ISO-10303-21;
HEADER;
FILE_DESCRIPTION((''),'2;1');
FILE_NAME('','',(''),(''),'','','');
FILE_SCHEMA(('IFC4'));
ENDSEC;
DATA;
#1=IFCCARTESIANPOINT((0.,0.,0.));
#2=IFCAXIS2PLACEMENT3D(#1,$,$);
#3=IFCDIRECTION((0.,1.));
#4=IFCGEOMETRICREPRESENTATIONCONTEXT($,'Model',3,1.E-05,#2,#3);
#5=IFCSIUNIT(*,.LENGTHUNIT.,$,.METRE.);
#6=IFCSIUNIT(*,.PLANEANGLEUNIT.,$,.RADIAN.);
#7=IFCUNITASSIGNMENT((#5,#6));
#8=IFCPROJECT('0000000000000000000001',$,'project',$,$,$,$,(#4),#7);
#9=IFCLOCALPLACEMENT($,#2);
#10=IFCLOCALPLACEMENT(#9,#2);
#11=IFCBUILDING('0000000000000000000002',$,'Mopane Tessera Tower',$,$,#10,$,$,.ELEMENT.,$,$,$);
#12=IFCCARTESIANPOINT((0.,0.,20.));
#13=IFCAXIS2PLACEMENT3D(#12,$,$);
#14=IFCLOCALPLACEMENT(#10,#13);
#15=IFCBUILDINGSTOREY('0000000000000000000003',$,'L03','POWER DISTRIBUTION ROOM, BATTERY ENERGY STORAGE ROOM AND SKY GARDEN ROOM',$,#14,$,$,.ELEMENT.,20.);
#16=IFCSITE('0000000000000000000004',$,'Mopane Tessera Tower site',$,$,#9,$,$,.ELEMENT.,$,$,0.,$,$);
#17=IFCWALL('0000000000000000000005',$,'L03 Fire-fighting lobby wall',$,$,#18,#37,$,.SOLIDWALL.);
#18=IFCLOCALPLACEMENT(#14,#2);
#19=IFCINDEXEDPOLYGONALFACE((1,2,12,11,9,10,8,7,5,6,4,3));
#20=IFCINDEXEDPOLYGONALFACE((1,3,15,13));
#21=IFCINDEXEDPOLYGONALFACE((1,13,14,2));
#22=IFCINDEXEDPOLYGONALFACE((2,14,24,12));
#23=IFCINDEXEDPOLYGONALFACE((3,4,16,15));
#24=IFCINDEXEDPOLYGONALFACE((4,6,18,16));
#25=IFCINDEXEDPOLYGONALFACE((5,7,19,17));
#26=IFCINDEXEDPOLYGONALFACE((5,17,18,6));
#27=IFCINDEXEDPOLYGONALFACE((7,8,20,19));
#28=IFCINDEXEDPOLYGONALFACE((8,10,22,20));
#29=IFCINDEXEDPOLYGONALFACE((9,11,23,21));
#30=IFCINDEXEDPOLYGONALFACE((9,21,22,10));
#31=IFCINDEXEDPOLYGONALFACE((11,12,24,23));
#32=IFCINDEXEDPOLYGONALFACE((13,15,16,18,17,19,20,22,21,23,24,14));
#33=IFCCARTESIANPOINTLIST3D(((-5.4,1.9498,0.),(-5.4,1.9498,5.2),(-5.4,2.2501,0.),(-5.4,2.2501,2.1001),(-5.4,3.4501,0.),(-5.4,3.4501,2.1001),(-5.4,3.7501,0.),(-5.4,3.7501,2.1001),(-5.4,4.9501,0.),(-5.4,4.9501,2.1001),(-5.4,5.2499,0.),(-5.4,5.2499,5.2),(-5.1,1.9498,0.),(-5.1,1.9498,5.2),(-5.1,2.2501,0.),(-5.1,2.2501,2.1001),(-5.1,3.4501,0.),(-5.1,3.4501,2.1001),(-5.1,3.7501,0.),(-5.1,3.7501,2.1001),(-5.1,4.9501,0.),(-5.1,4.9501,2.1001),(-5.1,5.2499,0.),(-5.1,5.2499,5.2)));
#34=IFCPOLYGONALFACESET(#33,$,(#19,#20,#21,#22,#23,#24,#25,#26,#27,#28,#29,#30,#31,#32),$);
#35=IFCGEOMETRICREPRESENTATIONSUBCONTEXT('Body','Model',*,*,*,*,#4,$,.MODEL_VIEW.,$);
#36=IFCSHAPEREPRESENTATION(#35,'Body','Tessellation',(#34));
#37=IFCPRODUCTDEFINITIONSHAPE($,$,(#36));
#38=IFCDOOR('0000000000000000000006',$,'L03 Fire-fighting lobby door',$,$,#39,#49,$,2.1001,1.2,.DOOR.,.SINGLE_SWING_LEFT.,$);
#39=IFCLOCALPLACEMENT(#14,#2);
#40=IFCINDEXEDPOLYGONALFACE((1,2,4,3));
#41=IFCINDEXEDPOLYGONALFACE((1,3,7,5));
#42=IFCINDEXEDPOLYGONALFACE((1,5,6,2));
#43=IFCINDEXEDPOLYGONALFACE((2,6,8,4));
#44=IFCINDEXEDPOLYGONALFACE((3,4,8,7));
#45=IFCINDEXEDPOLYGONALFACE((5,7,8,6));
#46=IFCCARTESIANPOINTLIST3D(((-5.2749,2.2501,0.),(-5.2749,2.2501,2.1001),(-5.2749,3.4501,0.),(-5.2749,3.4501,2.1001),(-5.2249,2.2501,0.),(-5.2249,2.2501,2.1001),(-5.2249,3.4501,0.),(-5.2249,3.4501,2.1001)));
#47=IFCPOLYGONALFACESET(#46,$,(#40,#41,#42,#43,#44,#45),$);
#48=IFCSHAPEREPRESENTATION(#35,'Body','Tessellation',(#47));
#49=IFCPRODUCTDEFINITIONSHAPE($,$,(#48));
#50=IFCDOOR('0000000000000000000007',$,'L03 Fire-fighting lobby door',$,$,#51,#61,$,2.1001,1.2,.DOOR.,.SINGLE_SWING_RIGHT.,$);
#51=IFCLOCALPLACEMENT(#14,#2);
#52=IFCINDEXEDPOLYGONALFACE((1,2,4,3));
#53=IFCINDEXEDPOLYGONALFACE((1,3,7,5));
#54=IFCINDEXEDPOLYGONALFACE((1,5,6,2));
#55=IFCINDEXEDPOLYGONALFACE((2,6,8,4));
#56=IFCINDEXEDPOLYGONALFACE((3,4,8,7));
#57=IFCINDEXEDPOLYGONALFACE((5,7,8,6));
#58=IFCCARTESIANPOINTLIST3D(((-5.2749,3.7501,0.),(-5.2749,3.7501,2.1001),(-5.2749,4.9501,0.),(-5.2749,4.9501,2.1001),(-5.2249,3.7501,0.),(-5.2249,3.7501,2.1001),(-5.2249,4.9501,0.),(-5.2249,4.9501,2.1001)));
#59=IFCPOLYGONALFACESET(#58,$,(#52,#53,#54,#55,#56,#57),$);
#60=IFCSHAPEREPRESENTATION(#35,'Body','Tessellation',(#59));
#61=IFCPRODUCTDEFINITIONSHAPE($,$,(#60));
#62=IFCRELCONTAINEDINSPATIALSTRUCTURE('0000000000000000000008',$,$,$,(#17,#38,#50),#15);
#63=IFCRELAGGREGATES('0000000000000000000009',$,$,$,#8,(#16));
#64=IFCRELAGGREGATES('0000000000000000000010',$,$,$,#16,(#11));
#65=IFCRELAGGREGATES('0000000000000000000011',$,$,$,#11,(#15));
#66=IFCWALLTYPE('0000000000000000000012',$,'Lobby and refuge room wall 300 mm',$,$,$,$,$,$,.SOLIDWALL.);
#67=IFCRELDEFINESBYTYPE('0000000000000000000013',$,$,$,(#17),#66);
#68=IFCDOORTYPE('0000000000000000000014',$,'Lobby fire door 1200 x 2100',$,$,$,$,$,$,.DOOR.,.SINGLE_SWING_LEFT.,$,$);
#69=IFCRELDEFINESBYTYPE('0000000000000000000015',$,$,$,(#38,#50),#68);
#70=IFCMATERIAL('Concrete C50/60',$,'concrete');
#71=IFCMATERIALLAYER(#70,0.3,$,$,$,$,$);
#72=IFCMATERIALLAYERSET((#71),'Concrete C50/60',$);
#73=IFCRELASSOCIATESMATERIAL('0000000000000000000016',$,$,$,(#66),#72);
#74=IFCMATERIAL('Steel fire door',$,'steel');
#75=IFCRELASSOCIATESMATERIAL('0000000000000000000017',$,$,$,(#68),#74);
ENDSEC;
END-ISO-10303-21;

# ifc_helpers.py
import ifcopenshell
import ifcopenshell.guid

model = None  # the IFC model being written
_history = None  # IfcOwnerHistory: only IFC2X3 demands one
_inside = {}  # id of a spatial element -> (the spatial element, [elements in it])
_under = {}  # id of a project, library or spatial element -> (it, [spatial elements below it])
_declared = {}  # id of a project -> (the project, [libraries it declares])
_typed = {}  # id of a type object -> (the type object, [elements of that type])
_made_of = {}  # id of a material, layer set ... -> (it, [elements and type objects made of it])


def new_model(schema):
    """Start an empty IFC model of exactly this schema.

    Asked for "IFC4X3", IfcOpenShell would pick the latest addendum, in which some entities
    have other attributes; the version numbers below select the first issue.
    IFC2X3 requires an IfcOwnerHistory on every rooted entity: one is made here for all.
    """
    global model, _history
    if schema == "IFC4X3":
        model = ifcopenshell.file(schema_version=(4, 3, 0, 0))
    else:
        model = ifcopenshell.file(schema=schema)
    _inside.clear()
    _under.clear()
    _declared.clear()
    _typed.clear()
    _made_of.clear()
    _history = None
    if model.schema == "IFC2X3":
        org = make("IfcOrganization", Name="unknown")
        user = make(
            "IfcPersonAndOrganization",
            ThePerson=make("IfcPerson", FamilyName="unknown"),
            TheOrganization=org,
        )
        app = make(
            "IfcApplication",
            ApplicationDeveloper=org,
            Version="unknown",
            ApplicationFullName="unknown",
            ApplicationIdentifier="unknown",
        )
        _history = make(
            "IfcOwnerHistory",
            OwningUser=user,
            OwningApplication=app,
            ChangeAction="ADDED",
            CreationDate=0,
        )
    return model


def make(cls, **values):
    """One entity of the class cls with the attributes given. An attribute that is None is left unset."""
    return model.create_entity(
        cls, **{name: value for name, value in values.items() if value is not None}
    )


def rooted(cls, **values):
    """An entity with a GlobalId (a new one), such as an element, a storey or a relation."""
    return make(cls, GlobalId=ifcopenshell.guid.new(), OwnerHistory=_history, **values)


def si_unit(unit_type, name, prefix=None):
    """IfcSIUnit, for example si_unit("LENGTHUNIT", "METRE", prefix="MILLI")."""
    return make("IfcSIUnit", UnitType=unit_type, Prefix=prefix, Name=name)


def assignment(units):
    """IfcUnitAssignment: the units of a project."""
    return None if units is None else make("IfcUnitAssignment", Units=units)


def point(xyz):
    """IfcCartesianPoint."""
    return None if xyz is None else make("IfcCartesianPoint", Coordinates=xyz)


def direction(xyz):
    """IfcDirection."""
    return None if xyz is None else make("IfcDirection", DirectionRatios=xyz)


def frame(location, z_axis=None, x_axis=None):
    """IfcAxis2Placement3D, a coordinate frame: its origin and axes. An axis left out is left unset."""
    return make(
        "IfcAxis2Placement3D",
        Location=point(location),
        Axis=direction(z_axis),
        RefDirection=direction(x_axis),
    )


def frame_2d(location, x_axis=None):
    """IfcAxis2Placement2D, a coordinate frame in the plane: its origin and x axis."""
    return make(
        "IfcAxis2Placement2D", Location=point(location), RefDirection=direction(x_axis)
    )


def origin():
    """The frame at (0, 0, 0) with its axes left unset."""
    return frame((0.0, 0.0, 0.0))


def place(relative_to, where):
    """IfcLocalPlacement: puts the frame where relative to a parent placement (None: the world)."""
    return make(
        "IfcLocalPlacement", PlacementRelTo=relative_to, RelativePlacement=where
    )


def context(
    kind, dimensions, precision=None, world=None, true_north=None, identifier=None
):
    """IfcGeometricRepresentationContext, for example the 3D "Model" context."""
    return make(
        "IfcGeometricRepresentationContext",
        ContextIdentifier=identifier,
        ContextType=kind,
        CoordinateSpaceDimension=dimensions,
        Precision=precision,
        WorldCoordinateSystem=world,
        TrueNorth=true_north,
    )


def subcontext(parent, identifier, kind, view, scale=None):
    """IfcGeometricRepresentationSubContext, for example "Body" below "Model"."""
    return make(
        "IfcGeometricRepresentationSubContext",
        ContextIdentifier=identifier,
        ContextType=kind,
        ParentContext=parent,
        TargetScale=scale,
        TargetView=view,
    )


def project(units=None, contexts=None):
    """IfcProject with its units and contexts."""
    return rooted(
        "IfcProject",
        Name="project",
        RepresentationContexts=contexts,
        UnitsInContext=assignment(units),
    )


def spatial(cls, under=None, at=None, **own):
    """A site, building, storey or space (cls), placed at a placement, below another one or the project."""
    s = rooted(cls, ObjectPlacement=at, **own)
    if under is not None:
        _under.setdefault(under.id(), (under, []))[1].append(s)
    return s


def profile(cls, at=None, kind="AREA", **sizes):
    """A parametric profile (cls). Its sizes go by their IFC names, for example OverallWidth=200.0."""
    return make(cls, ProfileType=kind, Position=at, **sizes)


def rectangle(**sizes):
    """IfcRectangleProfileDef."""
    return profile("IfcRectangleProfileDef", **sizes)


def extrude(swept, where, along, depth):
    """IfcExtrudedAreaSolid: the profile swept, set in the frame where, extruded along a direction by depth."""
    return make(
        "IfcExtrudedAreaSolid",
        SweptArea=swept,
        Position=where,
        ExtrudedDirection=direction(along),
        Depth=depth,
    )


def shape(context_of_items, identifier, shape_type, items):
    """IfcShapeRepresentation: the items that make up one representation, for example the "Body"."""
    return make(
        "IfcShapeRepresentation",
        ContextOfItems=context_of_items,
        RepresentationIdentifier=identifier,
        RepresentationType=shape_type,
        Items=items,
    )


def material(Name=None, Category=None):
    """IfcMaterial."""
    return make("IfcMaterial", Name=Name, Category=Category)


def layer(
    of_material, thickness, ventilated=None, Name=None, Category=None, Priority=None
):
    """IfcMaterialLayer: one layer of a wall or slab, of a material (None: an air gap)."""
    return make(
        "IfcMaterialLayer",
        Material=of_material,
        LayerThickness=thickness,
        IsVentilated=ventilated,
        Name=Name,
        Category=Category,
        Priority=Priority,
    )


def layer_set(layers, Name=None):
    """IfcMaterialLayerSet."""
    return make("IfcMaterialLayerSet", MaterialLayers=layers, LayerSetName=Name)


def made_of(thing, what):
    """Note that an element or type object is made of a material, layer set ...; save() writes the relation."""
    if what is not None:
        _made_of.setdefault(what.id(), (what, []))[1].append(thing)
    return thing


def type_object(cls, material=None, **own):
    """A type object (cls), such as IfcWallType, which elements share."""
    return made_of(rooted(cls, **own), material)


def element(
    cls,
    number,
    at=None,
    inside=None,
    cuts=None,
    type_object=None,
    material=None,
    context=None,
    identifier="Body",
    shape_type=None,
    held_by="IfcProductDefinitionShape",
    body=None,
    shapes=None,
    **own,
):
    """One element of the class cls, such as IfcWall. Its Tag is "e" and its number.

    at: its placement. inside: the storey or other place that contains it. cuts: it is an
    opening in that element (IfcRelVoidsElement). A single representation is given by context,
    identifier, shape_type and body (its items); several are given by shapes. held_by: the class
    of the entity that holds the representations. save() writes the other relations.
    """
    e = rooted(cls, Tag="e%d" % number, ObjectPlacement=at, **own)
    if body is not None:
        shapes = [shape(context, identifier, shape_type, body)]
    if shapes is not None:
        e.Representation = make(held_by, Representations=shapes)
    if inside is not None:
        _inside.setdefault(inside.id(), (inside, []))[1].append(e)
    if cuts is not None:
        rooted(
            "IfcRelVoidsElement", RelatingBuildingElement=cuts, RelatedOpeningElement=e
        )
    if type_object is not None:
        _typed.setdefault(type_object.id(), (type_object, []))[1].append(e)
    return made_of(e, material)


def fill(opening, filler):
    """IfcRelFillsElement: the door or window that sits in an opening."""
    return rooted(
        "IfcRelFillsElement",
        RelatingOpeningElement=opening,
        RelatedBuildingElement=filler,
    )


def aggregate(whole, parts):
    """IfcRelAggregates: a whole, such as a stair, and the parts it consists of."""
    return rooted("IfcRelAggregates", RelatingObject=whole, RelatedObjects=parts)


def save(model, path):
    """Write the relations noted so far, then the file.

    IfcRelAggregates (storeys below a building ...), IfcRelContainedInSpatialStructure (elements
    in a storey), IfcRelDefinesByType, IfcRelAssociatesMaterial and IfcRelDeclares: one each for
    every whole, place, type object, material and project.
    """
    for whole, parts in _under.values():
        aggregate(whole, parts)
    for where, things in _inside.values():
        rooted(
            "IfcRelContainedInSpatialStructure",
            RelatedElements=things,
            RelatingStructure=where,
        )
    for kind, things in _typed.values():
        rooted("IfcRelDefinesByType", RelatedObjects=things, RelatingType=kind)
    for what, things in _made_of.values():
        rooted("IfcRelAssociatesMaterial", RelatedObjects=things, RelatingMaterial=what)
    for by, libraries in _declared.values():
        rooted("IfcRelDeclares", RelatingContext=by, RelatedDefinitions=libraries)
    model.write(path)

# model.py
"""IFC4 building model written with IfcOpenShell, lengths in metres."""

from ifc_helpers import new_model, si_unit, direction, frame, frame_2d, origin, place, context, subcontext, project, spatial, rectangle, extrude, material, layer, layer_set, type_object, element, fill, save


model = new_model("IFC4")

# Units and contexts
model_context = context("Model", 3, precision=1e-05, world=origin(), true_north=direction((0.0, 1.0)))
body_context = subcontext(model_context, "Body", "Model", "MODEL_VIEW")
ifc_project = project(units=[si_unit("LENGTHUNIT", "METRE"), si_unit("PLANEANGLEUNIT", "RADIAN")], contexts=[model_context])

# Site, building, storey
site_placement = place(None, origin())
site = spatial("IfcSite", under=ifc_project, at=site_placement, Name="Mopane Tessera Tower site", CompositionType="ELEMENT", RefElevation=0.0)
building_placement = place(site_placement, origin())
building = spatial("IfcBuilding", under=site, at=building_placement, Name="Mopane Tessera Tower", CompositionType="ELEMENT")
storey_placement = place(building_placement, frame((0.0, 0.0, 20.0)))
storey = spatial("IfcBuildingStorey", under=building, at=storey_placement, Name="L03", Description="POWER DISTRIBUTION ROOM, BATTERY ENERGY STORAGE ROOM AND SKY GARDEN ROOM", CompositionType="ELEMENT", Elevation=20.0)

# Wall, openings, doors
ifc_material_1 = material(Name="Concrete C50/60", Category="concrete")
ifc_layer_1 = layer(ifc_material_1, 0.3)
ifc_layer_set_1 = layer_set([ifc_layer_1], Name="Concrete C50/60")
wall_type_1 = type_object("IfcWallType", Name="Lobby and refuge room wall 300 mm", PredefinedType="SOLIDWALL", material=ifc_layer_set_1)
wall_1_placement = place(storey_placement, frame((-5.25, 1.95, 0.0), z_axis=(0.0, 0.0, 1.0), x_axis=(0.0, 1.0, 0.0)))
wall_1 = element("IfcWall", 1, at=wall_1_placement, inside=storey, type_object=wall_type_1, Name="L03 Fire-fighting lobby wall", PredefinedType="SOLIDWALL", context=body_context, shape_type="SweptSolid", body=[
    extrude(rectangle(XDim=3.3, YDim=0.3, at=frame_2d((1.6499, 0.0))), origin(), (0.0, 0.0, 1.0), 5.2),
])
opening_1_placement = place(wall_1_placement, frame((0.3, 0.0, 0.0)))
opening_1 = element("IfcOpeningElement", 2, at=opening_1_placement, cuts=wall_1, PredefinedType="OPENING", context=body_context, shape_type="SweptSolid", body=[
    extrude(rectangle(XDim=1.2, YDim=2.1001, at=frame_2d((0.6001, 1.05))), frame((0.0, 0.1621, 0.0), z_axis=(0.0, -1.0, 0.0), x_axis=(1.0, 0.0, 0.0)), (0.0, 0.0, 1.0), 0.324),
])
opening_2_placement = place(wall_1_placement, frame((1.8, 0.0, 0.0)))
opening_2 = element("IfcOpeningElement", 3, at=opening_2_placement, cuts=wall_1, PredefinedType="OPENING", context=body_context, shape_type="SweptSolid", body=[
    extrude(rectangle(XDim=1.2, YDim=2.1001, at=frame_2d((0.6001, 1.05))), frame((0.0, 0.1621, 0.0), z_axis=(0.0, -1.0, 0.0), x_axis=(1.0, 0.0, 0.0)), (0.0, 0.0, 1.0), 0.324),
])
ifc_material_2 = material(Name="Steel fire door", Category="steel")
door_type = type_object("IfcDoorType", Name="Lobby fire door 1200 x 2100", OperationType="SINGLE_SWING_LEFT", PredefinedType="DOOR", material=ifc_material_2)
door_1_placement = place(opening_1_placement, origin())
door_1 = element("IfcDoor", 4, at=door_1_placement, inside=storey, type_object=door_type, Name="L03 Fire-fighting lobby door", OperationType="SINGLE_SWING_LEFT", OverallHeight=2.1001, OverallWidth=1.2, PredefinedType="DOOR", context=body_context, shape_type="SweptSolid", body=[
    extrude(rectangle(XDim=1.2, YDim=2.1001, at=frame_2d((0.6001, 1.05))), frame((0.0, 0.0249, 0.0), z_axis=(0.0, -1.0, 0.0), x_axis=(1.0, 0.0, 0.0)), (0.0, 0.0, 1.0), 0.05),
])
fill(opening_1, door_1)
door_2_placement = place(opening_2_placement, origin())
door_2 = element("IfcDoor", 5, at=door_2_placement, inside=storey, type_object=door_type, Name="L03 Fire-fighting lobby door", OperationType="SINGLE_SWING_RIGHT", OverallHeight=2.1001, OverallWidth=1.2, PredefinedType="DOOR", context=body_context, shape_type="SweptSolid", body=[
    extrude(rectangle(XDim=1.2, YDim=2.1001, at=frame_2d((0.6001, 1.05))), frame((0.0, 0.0249, 0.0), z_axis=(0.0, -1.0, 0.0), x_axis=(1.0, 0.0, 0.0)), (0.0, 0.0, 1.0), 0.05),
])
fill(opening_2, door_2)

save(model, "model.ifc")
